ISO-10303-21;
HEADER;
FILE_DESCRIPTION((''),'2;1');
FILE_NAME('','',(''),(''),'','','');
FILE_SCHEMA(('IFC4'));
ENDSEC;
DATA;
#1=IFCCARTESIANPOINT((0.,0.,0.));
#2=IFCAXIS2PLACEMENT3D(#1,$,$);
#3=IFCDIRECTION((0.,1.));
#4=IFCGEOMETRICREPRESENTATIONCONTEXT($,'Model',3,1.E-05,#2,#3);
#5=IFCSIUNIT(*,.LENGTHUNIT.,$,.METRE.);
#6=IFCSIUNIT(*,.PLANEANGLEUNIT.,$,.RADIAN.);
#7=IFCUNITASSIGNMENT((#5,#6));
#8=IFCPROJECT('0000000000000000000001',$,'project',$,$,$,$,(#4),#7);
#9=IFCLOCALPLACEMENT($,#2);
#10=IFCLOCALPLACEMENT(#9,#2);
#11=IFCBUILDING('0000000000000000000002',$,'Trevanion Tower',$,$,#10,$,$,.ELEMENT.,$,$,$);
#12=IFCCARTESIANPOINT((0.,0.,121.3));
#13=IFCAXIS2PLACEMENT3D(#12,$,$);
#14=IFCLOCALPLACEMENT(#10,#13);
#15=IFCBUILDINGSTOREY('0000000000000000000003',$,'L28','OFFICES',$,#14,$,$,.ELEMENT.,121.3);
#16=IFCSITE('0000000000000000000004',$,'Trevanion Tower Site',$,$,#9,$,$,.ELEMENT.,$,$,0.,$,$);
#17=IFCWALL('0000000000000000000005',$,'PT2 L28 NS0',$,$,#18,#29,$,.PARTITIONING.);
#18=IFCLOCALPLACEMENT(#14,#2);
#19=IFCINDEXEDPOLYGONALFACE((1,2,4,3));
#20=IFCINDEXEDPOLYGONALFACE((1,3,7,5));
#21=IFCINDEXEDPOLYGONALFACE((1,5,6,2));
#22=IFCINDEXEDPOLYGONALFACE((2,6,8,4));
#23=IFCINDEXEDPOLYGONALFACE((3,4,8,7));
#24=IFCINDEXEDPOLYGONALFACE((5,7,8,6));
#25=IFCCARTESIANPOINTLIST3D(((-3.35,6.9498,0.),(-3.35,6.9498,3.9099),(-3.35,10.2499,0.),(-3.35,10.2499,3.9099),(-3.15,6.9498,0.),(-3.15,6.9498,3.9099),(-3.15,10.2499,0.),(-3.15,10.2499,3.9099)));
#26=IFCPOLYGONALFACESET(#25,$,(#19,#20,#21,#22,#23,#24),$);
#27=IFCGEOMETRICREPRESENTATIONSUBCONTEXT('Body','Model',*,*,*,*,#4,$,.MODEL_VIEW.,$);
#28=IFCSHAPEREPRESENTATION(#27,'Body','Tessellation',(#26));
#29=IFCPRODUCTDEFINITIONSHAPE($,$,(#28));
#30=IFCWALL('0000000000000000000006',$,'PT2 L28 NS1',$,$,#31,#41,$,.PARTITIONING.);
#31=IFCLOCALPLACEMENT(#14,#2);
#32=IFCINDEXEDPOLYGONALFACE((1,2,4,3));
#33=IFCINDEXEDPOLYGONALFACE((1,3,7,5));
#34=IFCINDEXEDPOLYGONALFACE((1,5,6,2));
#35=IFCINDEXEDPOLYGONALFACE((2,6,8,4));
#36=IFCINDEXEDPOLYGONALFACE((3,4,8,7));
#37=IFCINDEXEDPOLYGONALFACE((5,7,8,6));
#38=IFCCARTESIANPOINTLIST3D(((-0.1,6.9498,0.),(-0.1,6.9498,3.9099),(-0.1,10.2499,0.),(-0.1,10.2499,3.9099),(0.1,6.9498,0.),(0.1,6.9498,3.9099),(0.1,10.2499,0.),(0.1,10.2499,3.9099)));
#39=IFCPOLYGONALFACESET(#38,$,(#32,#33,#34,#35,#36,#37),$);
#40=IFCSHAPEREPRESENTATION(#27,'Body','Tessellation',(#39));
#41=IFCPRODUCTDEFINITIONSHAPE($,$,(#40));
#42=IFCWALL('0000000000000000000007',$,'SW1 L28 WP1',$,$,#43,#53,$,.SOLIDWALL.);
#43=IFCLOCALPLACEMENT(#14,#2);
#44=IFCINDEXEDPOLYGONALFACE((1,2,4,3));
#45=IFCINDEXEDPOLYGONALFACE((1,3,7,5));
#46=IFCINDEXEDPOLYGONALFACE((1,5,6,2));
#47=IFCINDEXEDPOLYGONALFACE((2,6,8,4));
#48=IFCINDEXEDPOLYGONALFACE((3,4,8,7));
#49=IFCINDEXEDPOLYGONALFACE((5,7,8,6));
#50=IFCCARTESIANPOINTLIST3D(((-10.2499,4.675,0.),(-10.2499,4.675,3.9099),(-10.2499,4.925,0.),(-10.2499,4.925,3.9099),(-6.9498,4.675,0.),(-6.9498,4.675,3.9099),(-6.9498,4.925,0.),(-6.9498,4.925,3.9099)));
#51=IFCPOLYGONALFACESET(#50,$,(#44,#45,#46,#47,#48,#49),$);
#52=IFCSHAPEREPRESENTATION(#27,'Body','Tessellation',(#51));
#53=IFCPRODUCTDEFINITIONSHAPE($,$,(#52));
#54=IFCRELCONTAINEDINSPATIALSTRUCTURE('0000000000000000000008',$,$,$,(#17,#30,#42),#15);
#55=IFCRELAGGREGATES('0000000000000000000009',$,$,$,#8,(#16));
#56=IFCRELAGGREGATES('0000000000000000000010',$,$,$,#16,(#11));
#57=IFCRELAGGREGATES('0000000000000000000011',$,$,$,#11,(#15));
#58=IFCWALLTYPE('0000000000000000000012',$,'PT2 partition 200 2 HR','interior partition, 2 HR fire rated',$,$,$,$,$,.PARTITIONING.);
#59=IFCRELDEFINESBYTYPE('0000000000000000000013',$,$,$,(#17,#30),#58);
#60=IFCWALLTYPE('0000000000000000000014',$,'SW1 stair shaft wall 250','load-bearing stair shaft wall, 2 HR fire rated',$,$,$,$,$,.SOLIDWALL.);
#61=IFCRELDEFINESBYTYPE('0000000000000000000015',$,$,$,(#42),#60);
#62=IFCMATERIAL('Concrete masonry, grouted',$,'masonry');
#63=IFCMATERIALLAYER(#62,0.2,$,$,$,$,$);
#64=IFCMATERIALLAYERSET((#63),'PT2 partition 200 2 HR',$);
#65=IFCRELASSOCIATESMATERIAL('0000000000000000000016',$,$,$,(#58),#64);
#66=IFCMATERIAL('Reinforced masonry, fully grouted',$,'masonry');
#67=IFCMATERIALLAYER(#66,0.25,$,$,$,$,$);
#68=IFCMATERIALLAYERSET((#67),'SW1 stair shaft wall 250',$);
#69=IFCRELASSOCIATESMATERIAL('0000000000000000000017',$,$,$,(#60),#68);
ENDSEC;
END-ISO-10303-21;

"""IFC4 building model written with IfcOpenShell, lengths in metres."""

from ifc_helpers import new_model, si_unit, direction, frame, frame_2d, origin, place, context, subcontext, project, spatial, rectangle, extrude, material, layer, layer_set, type_object, element, save


model = new_model("IFC4")

# Units and contexts
model_context = context("Model", 3, precision=1e-05, world=origin(), true_north=direction((0.0, 1.0)))
body_context = subcontext(model_context, "Body", "Model", "MODEL_VIEW")
ifc_project = project(units=[si_unit("LENGTHUNIT", "METRE"), si_unit("PLANEANGLEUNIT", "RADIAN")], contexts=[model_context])

# Site, building, storey
site_placement = place(None, origin())
site = spatial("IfcSite", under=ifc_project, at=site_placement, Name="Trevanion Tower Site", CompositionType="ELEMENT", RefElevation=0.0)
building_placement = place(site_placement, origin())
building = spatial("IfcBuilding", under=site, at=building_placement, Name="Trevanion Tower", CompositionType="ELEMENT")
storey_placement = place(building_placement, frame((0.0, 0.0, 121.3)))
storey = spatial("IfcBuildingStorey", under=building, at=storey_placement, Name="L28", Description="OFFICES", CompositionType="ELEMENT", Elevation=121.3)

# Walls
ifc_material_1 = material(Name="Concrete masonry, grouted", Category="masonry")
ifc_layer_1 = layer(ifc_material_1, 0.2)
ifc_layer_set_1 = layer_set([ifc_layer_1], Name="PT2 partition 200 2 HR")
wall_type_1 = type_object("IfcWallType", Name="PT2 partition 200 2 HR", Description="interior partition, 2 HR fire rated", PredefinedType="PARTITIONING", material=ifc_layer_set_1)
for number, where, z_axis, x_axis, name in (
    (1, (-3.25, 6.95, 0.0), (0.0, 0.0, 1.0), (0.0, 1.0, 0.0), "PT2 L28 NS0"),
    (2, (0.0, 6.95, 0.0), (0.0, 0.0, 1.0), (0.0, 1.0, 0.0), "PT2 L28 NS1"),
):
    element("IfcWall", number, at=place(storey_placement, frame(where, z_axis=z_axis, x_axis=x_axis)), inside=storey, type_object=wall_type_1, Name=name, PredefinedType="PARTITIONING", context=body_context, shape_type="SweptSolid", body=[
        extrude(rectangle(XDim=3.3, YDim=0.2, at=frame_2d((1.6499, 0.0))), origin(), (0.0, 0.0, 1.0), 3.9099),
    ])
ifc_material_2 = material(Name="Reinforced masonry, fully grouted", Category="masonry")
ifc_layer_2 = layer(ifc_material_2, 0.25)
ifc_layer_set_2 = layer_set([ifc_layer_2], Name="SW1 stair shaft wall 250")
wall_type_2 = type_object("IfcWallType", Name="SW1 stair shaft wall 250", Description="load-bearing stair shaft wall, 2 HR fire rated", PredefinedType="SOLIDWALL", material=ifc_layer_set_2)
wall_1_placement = place(storey_placement, frame((-6.95, 4.8, 0.0), z_axis=(0.0, 0.0, 1.0), x_axis=(-1.0, 0.0, 0.0)))
element("IfcWall", 3, at=wall_1_placement, inside=storey, type_object=wall_type_2, Name="SW1 L28 WP1", PredefinedType="SOLIDWALL", context=body_context, shape_type="SweptSolid", body=[
    extrude(rectangle(XDim=3.3, YDim=0.25, at=frame_2d((1.6499, 0.0))), origin(), (0.0, 0.0, 1.0), 3.9099),
])

save(model, "model.ifc")
